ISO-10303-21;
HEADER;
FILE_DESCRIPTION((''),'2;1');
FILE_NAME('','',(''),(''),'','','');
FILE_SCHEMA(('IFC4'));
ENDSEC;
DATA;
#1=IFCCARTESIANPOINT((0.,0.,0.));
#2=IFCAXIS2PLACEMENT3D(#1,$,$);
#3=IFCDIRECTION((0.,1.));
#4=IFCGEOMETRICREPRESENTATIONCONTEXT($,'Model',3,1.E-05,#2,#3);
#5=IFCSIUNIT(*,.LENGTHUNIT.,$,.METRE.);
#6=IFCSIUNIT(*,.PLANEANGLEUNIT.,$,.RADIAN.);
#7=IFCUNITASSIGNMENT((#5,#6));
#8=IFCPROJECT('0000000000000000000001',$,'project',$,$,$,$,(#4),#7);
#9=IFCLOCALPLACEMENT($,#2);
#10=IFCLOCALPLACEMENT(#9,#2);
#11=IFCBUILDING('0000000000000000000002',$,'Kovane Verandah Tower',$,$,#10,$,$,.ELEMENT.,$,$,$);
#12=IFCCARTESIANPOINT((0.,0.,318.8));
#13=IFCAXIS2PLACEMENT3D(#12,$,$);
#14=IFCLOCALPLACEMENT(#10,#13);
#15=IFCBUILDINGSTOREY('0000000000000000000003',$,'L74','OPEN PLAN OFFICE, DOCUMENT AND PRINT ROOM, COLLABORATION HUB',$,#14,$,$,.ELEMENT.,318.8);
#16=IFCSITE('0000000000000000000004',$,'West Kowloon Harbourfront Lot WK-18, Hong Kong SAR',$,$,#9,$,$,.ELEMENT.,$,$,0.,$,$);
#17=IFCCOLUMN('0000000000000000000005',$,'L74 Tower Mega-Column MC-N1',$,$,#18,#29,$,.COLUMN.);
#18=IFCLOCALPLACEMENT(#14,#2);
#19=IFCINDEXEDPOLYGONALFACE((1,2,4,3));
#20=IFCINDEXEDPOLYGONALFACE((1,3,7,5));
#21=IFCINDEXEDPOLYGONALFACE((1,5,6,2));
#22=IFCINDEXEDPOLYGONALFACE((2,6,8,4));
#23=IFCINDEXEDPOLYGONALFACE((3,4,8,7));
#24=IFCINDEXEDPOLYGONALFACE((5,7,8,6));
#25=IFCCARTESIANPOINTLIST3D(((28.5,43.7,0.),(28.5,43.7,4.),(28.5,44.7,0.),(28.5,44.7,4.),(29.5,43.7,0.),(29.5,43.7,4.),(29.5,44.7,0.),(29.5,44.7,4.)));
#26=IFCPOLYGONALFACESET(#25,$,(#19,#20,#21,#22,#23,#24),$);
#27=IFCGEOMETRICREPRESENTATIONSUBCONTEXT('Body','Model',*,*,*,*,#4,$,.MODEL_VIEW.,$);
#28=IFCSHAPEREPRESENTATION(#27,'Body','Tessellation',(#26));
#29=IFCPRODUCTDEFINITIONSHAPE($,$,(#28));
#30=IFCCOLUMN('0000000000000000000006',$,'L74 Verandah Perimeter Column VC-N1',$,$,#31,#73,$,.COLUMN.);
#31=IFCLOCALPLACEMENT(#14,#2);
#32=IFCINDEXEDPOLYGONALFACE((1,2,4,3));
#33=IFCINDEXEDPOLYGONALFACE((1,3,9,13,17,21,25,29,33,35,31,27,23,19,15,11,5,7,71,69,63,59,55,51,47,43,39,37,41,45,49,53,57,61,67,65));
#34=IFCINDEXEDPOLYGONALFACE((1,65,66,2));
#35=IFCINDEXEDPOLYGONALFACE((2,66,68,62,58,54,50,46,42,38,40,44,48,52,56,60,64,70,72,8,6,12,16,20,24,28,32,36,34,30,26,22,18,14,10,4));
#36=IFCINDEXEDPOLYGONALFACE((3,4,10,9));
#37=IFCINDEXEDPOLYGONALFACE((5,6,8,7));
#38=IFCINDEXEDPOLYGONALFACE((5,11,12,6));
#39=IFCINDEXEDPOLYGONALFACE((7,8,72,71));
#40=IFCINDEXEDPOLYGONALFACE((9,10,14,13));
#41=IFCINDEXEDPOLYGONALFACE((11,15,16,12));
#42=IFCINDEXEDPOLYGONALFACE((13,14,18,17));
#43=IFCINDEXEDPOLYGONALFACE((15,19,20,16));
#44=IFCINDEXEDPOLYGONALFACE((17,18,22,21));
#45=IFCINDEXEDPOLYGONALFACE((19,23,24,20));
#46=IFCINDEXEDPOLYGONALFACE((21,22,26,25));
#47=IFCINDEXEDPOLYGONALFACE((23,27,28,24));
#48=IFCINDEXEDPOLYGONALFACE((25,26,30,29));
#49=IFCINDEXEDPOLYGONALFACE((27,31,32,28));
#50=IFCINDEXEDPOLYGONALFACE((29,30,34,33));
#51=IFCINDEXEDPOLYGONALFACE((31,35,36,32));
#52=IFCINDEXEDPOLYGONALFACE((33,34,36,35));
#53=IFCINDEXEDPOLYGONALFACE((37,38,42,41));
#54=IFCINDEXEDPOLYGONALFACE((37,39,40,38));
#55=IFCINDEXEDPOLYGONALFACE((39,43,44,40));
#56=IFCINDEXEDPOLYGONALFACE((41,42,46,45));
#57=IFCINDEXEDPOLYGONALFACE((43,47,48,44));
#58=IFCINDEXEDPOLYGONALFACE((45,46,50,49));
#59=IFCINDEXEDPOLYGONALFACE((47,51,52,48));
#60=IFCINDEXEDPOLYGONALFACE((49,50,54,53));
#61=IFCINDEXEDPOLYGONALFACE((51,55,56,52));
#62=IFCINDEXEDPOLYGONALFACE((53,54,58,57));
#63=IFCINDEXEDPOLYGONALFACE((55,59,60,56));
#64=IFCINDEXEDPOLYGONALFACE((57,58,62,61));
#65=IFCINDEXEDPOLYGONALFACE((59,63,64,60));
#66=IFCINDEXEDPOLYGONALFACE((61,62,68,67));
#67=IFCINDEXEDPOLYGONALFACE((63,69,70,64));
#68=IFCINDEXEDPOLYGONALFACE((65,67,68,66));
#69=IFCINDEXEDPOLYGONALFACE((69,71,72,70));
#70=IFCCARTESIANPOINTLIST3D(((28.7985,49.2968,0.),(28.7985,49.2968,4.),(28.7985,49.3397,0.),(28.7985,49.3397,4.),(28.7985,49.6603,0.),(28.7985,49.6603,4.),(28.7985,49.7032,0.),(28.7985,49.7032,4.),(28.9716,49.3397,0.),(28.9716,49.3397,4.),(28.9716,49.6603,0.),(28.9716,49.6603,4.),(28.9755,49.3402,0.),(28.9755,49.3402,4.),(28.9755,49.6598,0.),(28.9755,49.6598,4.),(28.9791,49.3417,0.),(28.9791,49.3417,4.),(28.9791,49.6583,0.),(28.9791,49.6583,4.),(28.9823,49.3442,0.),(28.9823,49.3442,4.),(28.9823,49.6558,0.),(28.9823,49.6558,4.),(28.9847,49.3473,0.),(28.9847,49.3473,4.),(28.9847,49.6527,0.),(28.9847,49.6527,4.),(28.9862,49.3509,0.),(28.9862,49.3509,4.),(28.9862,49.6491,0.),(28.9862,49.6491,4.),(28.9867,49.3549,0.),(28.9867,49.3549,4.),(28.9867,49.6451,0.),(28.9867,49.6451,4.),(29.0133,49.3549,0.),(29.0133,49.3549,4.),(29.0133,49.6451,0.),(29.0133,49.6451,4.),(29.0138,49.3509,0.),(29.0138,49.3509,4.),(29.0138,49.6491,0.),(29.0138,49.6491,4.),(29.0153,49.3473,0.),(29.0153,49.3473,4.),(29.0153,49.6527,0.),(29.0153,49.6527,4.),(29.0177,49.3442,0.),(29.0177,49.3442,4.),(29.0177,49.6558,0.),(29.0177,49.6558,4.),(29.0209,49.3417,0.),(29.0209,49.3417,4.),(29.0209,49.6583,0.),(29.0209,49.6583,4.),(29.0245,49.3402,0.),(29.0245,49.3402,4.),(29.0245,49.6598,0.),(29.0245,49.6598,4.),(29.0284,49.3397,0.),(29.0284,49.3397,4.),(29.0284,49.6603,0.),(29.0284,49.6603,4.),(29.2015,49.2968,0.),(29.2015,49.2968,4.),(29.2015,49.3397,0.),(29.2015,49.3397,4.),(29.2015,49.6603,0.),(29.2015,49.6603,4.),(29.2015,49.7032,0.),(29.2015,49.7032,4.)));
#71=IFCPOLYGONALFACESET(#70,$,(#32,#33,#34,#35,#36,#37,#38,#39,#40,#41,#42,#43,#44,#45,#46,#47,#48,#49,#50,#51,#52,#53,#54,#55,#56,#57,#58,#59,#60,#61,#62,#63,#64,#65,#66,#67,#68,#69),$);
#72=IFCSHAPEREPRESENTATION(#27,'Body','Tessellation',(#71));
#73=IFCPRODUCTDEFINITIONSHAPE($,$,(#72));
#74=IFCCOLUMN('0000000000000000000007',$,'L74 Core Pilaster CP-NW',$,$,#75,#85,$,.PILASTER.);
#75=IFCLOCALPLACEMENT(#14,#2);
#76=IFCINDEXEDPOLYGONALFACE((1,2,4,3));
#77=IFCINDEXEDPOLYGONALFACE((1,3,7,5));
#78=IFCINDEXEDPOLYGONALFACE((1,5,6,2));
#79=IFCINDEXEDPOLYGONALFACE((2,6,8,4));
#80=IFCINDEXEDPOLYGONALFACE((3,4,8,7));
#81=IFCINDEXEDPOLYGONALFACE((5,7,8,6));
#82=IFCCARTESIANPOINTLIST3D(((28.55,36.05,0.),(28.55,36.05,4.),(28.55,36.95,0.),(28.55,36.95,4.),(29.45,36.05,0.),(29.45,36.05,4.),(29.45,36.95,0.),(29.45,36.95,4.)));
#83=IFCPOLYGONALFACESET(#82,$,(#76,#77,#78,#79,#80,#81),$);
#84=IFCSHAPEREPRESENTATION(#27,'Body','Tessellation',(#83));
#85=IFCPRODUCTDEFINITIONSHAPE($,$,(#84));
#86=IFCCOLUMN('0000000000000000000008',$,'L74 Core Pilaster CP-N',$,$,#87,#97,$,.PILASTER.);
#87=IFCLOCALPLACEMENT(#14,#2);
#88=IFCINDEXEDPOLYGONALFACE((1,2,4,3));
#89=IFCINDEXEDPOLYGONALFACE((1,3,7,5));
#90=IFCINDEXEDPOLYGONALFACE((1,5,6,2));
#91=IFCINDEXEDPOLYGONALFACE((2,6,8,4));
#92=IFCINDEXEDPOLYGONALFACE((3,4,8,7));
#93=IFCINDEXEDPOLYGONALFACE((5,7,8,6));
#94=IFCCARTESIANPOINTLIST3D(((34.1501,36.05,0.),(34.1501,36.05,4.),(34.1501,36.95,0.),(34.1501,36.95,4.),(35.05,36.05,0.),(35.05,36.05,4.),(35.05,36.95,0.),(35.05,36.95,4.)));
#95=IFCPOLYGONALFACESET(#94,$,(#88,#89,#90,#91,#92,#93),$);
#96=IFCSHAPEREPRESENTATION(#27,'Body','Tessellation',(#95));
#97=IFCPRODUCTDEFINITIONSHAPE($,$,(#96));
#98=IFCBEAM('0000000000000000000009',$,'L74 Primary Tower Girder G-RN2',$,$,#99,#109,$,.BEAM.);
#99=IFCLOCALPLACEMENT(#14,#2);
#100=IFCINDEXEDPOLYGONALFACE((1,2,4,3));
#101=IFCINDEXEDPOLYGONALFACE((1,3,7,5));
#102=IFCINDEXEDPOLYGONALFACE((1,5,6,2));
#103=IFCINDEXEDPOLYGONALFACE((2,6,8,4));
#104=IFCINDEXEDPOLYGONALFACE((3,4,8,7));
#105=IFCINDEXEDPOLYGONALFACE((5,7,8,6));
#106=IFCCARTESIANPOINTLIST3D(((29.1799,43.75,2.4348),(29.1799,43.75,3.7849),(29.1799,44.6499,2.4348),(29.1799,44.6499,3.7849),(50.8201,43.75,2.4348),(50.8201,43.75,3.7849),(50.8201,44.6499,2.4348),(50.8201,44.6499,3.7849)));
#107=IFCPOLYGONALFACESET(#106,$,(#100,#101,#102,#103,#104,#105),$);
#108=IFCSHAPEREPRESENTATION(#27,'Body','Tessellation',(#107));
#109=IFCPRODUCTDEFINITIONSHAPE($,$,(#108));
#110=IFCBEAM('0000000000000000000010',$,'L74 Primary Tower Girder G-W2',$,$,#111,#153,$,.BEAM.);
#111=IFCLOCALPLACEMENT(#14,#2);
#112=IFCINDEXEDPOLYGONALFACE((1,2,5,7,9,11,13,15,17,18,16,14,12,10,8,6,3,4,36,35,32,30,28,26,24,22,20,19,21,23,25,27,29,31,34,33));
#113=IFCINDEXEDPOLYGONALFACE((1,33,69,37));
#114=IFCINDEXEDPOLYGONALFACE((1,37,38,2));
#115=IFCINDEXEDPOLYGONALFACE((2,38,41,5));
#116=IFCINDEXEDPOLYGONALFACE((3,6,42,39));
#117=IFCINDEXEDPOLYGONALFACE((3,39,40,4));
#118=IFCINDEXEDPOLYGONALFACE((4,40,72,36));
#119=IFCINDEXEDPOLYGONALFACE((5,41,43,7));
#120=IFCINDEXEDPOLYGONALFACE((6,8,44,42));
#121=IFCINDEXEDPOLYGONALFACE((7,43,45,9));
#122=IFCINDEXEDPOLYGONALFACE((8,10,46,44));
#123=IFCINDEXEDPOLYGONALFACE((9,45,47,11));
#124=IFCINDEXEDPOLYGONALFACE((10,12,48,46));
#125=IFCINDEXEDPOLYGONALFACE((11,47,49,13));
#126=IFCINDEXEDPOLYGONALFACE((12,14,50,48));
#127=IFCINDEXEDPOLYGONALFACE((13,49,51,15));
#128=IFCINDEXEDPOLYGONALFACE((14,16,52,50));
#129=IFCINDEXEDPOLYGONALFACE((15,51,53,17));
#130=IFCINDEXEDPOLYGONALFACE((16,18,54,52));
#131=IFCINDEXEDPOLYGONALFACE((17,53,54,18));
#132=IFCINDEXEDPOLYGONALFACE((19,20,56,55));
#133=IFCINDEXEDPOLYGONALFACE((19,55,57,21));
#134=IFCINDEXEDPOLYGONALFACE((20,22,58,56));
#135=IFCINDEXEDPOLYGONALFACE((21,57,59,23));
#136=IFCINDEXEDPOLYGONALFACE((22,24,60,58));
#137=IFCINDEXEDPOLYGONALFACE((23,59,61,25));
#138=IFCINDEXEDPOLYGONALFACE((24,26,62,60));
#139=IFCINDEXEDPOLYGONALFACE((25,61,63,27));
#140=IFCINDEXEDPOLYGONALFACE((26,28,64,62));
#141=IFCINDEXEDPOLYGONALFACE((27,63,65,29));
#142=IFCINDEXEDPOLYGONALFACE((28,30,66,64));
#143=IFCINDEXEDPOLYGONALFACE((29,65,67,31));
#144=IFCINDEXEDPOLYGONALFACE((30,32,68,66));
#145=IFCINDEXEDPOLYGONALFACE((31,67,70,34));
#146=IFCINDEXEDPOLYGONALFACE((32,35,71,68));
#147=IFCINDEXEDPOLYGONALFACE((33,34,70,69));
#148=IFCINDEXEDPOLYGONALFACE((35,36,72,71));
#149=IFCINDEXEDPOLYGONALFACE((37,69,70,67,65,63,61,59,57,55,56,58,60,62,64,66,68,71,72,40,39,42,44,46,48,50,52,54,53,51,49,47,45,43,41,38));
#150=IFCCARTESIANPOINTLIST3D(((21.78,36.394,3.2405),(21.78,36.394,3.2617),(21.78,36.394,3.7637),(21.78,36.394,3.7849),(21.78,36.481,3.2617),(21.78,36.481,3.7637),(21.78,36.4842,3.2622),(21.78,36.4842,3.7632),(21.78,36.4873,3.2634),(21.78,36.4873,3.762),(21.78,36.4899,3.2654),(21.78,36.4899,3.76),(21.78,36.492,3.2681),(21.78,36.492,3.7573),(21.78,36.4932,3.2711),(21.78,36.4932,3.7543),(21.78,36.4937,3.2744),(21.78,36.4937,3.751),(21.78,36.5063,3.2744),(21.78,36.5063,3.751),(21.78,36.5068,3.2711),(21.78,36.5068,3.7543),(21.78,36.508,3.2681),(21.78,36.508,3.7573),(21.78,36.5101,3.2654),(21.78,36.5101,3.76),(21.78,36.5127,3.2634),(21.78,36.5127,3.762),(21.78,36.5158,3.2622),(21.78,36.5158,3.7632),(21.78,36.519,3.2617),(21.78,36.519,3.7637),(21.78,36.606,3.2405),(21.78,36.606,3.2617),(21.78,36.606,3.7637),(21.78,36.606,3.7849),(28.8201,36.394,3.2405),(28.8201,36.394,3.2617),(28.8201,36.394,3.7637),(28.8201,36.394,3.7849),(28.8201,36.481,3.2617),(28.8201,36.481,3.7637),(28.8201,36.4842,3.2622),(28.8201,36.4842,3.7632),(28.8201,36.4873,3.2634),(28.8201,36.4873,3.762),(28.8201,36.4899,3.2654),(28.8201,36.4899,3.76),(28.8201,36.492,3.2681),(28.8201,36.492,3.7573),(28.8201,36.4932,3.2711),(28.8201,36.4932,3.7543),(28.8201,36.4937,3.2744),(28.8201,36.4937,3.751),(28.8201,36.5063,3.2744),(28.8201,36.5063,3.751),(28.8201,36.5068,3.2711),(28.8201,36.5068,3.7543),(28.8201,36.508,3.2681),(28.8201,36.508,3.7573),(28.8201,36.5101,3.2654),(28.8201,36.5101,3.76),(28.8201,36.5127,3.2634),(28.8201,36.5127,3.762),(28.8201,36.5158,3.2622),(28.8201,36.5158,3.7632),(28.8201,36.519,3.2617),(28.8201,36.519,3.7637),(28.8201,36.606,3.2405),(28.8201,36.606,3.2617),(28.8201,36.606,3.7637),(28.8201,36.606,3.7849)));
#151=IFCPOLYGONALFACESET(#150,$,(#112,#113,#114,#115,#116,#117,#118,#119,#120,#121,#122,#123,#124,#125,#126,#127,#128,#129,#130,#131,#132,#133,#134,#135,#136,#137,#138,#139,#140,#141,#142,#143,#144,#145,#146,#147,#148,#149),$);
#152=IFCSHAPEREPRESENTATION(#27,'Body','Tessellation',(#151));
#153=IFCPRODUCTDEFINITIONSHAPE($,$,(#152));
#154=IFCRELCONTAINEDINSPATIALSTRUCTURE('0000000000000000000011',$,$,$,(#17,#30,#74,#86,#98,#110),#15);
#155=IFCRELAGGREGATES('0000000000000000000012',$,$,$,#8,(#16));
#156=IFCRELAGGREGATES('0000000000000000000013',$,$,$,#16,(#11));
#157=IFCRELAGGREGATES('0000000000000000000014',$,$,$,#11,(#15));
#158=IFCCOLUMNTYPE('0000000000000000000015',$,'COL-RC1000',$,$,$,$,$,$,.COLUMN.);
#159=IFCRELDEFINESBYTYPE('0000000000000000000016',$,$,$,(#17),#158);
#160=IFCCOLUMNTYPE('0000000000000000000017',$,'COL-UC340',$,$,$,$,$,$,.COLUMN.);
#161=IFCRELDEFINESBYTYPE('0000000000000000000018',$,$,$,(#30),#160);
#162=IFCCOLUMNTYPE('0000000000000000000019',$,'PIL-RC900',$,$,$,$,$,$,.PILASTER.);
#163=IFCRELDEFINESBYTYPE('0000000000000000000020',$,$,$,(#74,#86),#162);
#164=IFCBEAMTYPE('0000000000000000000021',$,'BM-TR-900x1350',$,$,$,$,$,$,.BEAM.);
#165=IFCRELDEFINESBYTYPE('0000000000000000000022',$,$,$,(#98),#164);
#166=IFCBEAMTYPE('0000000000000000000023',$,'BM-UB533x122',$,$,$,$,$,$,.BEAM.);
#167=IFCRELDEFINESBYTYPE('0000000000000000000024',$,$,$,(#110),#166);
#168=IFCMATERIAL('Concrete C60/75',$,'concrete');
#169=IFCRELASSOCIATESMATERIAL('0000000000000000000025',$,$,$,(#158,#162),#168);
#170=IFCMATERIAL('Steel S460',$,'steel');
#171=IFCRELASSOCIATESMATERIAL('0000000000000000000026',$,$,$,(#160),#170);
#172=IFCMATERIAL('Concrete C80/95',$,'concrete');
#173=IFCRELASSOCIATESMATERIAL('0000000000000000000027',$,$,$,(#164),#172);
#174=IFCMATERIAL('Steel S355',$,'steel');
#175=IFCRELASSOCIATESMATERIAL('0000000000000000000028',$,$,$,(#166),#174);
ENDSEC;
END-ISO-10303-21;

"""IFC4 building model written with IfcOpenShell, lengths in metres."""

from ifc_helpers import new_model, si_unit, direction, frame, origin, origin_2d, place, context, subcontext, project, spatial, rectangle, i_section, extrude, material, material_profile, profile_set, type_object, element, save


model = new_model("IFC4")

# Units and contexts
model_context = context("Model", 3, precision=1e-05, world=origin(), true_north=direction((0.0, 1.0)))
body_context = subcontext(model_context, "Body", "Model", "MODEL_VIEW")
ifc_project = project(units=[si_unit("LENGTHUNIT", "METRE"), si_unit("PLANEANGLEUNIT", "RADIAN")], contexts=[model_context])

# Site, building, storey
site_placement = place(None, origin())
site = spatial("IfcSite", under=ifc_project, at=site_placement, Name="West Kowloon Harbourfront Lot WK-18, Hong Kong SAR", CompositionType="ELEMENT", RefElevation=0.0)
building_placement = place(site_placement, origin())
building = spatial("IfcBuilding", under=site, at=building_placement, Name="Kovane Verandah Tower", CompositionType="ELEMENT")
storey_placement = place(building_placement, frame((0.0, 0.0, 318.8)))
storey = spatial("IfcBuildingStorey", under=building, at=storey_placement, Name="L74", Description="OPEN PLAN OFFICE, DOCUMENT AND PRINT ROOM, COLLABORATION HUB", CompositionType="ELEMENT", Elevation=318.8)

# Columns
ifc_material_1 = material(Name="Concrete C60/75", Category="concrete")
ifc_material_profile_1 = material_profile(ifc_material_1, rectangle(XDim=1.0, YDim=1.0, at=origin_2d()), Name="RC1000x1000")
ifc_profile_set_1 = profile_set([ifc_material_profile_1], Name="Concrete C60/75")
column_type_1 = type_object("IfcColumnType", Name="COL-RC1000", PredefinedType="COLUMN", material=ifc_profile_set_1)
column_1_placement = place(storey_placement, frame((29.0, 44.2, 0.0), z_axis=(0.0, 0.0, 1.0), x_axis=(1.0, 0.0, 0.0)))
element("IfcColumn", 1, at=column_1_placement, inside=storey, type_object=column_type_1, Name="L74 Tower Mega-Column MC-N1", PredefinedType="COLUMN", context=body_context, shape_type="SweptSolid", body=[
    extrude(rectangle(XDim=1.0, YDim=1.0, at=origin_2d()), origin(), (0.0, 0.0, 1.0), 4.0),
])
ifc_material_2 = material(Name="Steel S460", Category="steel")
ifc_material_profile_2 = material_profile(ifc_material_2, i_section(OverallWidth=0.4031, OverallDepth=0.4065, WebThickness=0.0266, FlangeThickness=0.043, FilletRadius=0.0151, at=origin_2d()), Name="UC356x406x340")
ifc_profile_set_2 = profile_set([ifc_material_profile_2], Name="Steel S460")
column_type_2 = type_object("IfcColumnType", Name="COL-UC340", PredefinedType="COLUMN", material=ifc_profile_set_2)
column_2_placement = place(storey_placement, frame((29.0, 49.5, 0.0), z_axis=(0.0, 0.0, 1.0), x_axis=(1.0, 0.0, 0.0)))
element("IfcColumn", 2, at=column_2_placement, inside=storey, type_object=column_type_2, Name="L74 Verandah Perimeter Column VC-N1", PredefinedType="COLUMN", context=body_context, shape_type="SweptSolid", body=[
    extrude(i_section(OverallWidth=0.4031, OverallDepth=0.4065, WebThickness=0.0266, FlangeThickness=0.043, FilletRadius=0.0151, at=origin_2d()), origin(), (0.0, 0.0, 1.0), 4.0),
])
ifc_material_profile_3 = material_profile(ifc_material_1, rectangle(XDim=0.8999, YDim=0.8999, at=origin_2d()), Name="RC900x900")
ifc_profile_set_3 = profile_set([ifc_material_profile_3], Name="Concrete C60/75")
column_type_3 = type_object("IfcColumnType", Name="PIL-RC900", PredefinedType="PILASTER", material=ifc_profile_set_3)
for number, where, z_axis, x_axis, name in (
    (3, (29.0, 36.5, 0.0), (0.0, 0.0, 1.0), (1.0, 0.0, 0.0), "L74 Core Pilaster CP-NW"),
    (4, (34.6001, 36.5, 0.0), (0.0, 0.0, 1.0), (1.0, 0.0, 0.0), "L74 Core Pilaster CP-N"),
):
    element("IfcColumn", number, at=place(storey_placement, frame(where, z_axis=z_axis, x_axis=x_axis)), inside=storey, type_object=column_type_3, Name=name, PredefinedType="PILASTER", context=body_context, shape_type="SweptSolid", body=[
        extrude(rectangle(XDim=0.8999, YDim=0.8999, at=origin_2d()), origin(), (0.0, 0.0, 1.0), 4.0),
    ])

# Beams
ifc_material_3 = material(Name="Concrete C80/95", Category="concrete")
ifc_material_profile_4 = material_profile(ifc_material_3, rectangle(XDim=0.8999, YDim=1.3501, at=origin_2d()), Name="RCB900x1350")
ifc_profile_set_4 = profile_set([ifc_material_profile_4], Name="Concrete C80/95")
beam_type_1 = type_object("IfcBeamType", Name="BM-TR-900x1350", PredefinedType="BEAM", material=ifc_profile_set_4)
beam_1_placement = place(storey_placement, frame((29.1799, 44.2, 3.1099), z_axis=(1.0, 0.0, 0.0), x_axis=(0.0, 1.0, 0.0)))
element("IfcBeam", 5, at=beam_1_placement, inside=storey, type_object=beam_type_1, Name="L74 Primary Tower Girder G-RN2", PredefinedType="BEAM", context=body_context, shape_type="SweptSolid", body=[
    extrude(rectangle(XDim=0.8999, YDim=1.3501, at=origin_2d()), origin(), (0.0, 0.0, 1.0), 21.6401),
])
ifc_material_4 = material(Name="Steel S355", Category="steel")
ifc_material_profile_5 = material_profile(ifc_material_4, i_section(OverallWidth=0.2119, OverallDepth=0.5444, WebThickness=0.0127, FlangeThickness=0.0212, FilletRadius=0.0127, at=origin_2d()), Name="UB533x210x122")
ifc_profile_set_5 = profile_set([ifc_material_profile_5], Name="Steel S355")
beam_type_2 = type_object("IfcBeamType", Name="BM-UB533x122", PredefinedType="BEAM", material=ifc_profile_set_5)
beam_2_placement = place(storey_placement, frame((28.8201, 36.5, 3.5127), z_axis=(-1.0, 0.0, 0.0), x_axis=(0.0, -1.0, 0.0)))
element("IfcBeam", 6, at=beam_2_placement, inside=storey, type_object=beam_type_2, Name="L74 Primary Tower Girder G-W2", PredefinedType="BEAM", context=body_context, shape_type="SweptSolid", body=[
    extrude(i_section(OverallWidth=0.2119, OverallDepth=0.5444, WebThickness=0.0127, FlangeThickness=0.0212, FilletRadius=0.0127, at=origin_2d()), origin(), (0.0, 0.0, 1.0), 7.04),
])

save(model, "model.ifc")
